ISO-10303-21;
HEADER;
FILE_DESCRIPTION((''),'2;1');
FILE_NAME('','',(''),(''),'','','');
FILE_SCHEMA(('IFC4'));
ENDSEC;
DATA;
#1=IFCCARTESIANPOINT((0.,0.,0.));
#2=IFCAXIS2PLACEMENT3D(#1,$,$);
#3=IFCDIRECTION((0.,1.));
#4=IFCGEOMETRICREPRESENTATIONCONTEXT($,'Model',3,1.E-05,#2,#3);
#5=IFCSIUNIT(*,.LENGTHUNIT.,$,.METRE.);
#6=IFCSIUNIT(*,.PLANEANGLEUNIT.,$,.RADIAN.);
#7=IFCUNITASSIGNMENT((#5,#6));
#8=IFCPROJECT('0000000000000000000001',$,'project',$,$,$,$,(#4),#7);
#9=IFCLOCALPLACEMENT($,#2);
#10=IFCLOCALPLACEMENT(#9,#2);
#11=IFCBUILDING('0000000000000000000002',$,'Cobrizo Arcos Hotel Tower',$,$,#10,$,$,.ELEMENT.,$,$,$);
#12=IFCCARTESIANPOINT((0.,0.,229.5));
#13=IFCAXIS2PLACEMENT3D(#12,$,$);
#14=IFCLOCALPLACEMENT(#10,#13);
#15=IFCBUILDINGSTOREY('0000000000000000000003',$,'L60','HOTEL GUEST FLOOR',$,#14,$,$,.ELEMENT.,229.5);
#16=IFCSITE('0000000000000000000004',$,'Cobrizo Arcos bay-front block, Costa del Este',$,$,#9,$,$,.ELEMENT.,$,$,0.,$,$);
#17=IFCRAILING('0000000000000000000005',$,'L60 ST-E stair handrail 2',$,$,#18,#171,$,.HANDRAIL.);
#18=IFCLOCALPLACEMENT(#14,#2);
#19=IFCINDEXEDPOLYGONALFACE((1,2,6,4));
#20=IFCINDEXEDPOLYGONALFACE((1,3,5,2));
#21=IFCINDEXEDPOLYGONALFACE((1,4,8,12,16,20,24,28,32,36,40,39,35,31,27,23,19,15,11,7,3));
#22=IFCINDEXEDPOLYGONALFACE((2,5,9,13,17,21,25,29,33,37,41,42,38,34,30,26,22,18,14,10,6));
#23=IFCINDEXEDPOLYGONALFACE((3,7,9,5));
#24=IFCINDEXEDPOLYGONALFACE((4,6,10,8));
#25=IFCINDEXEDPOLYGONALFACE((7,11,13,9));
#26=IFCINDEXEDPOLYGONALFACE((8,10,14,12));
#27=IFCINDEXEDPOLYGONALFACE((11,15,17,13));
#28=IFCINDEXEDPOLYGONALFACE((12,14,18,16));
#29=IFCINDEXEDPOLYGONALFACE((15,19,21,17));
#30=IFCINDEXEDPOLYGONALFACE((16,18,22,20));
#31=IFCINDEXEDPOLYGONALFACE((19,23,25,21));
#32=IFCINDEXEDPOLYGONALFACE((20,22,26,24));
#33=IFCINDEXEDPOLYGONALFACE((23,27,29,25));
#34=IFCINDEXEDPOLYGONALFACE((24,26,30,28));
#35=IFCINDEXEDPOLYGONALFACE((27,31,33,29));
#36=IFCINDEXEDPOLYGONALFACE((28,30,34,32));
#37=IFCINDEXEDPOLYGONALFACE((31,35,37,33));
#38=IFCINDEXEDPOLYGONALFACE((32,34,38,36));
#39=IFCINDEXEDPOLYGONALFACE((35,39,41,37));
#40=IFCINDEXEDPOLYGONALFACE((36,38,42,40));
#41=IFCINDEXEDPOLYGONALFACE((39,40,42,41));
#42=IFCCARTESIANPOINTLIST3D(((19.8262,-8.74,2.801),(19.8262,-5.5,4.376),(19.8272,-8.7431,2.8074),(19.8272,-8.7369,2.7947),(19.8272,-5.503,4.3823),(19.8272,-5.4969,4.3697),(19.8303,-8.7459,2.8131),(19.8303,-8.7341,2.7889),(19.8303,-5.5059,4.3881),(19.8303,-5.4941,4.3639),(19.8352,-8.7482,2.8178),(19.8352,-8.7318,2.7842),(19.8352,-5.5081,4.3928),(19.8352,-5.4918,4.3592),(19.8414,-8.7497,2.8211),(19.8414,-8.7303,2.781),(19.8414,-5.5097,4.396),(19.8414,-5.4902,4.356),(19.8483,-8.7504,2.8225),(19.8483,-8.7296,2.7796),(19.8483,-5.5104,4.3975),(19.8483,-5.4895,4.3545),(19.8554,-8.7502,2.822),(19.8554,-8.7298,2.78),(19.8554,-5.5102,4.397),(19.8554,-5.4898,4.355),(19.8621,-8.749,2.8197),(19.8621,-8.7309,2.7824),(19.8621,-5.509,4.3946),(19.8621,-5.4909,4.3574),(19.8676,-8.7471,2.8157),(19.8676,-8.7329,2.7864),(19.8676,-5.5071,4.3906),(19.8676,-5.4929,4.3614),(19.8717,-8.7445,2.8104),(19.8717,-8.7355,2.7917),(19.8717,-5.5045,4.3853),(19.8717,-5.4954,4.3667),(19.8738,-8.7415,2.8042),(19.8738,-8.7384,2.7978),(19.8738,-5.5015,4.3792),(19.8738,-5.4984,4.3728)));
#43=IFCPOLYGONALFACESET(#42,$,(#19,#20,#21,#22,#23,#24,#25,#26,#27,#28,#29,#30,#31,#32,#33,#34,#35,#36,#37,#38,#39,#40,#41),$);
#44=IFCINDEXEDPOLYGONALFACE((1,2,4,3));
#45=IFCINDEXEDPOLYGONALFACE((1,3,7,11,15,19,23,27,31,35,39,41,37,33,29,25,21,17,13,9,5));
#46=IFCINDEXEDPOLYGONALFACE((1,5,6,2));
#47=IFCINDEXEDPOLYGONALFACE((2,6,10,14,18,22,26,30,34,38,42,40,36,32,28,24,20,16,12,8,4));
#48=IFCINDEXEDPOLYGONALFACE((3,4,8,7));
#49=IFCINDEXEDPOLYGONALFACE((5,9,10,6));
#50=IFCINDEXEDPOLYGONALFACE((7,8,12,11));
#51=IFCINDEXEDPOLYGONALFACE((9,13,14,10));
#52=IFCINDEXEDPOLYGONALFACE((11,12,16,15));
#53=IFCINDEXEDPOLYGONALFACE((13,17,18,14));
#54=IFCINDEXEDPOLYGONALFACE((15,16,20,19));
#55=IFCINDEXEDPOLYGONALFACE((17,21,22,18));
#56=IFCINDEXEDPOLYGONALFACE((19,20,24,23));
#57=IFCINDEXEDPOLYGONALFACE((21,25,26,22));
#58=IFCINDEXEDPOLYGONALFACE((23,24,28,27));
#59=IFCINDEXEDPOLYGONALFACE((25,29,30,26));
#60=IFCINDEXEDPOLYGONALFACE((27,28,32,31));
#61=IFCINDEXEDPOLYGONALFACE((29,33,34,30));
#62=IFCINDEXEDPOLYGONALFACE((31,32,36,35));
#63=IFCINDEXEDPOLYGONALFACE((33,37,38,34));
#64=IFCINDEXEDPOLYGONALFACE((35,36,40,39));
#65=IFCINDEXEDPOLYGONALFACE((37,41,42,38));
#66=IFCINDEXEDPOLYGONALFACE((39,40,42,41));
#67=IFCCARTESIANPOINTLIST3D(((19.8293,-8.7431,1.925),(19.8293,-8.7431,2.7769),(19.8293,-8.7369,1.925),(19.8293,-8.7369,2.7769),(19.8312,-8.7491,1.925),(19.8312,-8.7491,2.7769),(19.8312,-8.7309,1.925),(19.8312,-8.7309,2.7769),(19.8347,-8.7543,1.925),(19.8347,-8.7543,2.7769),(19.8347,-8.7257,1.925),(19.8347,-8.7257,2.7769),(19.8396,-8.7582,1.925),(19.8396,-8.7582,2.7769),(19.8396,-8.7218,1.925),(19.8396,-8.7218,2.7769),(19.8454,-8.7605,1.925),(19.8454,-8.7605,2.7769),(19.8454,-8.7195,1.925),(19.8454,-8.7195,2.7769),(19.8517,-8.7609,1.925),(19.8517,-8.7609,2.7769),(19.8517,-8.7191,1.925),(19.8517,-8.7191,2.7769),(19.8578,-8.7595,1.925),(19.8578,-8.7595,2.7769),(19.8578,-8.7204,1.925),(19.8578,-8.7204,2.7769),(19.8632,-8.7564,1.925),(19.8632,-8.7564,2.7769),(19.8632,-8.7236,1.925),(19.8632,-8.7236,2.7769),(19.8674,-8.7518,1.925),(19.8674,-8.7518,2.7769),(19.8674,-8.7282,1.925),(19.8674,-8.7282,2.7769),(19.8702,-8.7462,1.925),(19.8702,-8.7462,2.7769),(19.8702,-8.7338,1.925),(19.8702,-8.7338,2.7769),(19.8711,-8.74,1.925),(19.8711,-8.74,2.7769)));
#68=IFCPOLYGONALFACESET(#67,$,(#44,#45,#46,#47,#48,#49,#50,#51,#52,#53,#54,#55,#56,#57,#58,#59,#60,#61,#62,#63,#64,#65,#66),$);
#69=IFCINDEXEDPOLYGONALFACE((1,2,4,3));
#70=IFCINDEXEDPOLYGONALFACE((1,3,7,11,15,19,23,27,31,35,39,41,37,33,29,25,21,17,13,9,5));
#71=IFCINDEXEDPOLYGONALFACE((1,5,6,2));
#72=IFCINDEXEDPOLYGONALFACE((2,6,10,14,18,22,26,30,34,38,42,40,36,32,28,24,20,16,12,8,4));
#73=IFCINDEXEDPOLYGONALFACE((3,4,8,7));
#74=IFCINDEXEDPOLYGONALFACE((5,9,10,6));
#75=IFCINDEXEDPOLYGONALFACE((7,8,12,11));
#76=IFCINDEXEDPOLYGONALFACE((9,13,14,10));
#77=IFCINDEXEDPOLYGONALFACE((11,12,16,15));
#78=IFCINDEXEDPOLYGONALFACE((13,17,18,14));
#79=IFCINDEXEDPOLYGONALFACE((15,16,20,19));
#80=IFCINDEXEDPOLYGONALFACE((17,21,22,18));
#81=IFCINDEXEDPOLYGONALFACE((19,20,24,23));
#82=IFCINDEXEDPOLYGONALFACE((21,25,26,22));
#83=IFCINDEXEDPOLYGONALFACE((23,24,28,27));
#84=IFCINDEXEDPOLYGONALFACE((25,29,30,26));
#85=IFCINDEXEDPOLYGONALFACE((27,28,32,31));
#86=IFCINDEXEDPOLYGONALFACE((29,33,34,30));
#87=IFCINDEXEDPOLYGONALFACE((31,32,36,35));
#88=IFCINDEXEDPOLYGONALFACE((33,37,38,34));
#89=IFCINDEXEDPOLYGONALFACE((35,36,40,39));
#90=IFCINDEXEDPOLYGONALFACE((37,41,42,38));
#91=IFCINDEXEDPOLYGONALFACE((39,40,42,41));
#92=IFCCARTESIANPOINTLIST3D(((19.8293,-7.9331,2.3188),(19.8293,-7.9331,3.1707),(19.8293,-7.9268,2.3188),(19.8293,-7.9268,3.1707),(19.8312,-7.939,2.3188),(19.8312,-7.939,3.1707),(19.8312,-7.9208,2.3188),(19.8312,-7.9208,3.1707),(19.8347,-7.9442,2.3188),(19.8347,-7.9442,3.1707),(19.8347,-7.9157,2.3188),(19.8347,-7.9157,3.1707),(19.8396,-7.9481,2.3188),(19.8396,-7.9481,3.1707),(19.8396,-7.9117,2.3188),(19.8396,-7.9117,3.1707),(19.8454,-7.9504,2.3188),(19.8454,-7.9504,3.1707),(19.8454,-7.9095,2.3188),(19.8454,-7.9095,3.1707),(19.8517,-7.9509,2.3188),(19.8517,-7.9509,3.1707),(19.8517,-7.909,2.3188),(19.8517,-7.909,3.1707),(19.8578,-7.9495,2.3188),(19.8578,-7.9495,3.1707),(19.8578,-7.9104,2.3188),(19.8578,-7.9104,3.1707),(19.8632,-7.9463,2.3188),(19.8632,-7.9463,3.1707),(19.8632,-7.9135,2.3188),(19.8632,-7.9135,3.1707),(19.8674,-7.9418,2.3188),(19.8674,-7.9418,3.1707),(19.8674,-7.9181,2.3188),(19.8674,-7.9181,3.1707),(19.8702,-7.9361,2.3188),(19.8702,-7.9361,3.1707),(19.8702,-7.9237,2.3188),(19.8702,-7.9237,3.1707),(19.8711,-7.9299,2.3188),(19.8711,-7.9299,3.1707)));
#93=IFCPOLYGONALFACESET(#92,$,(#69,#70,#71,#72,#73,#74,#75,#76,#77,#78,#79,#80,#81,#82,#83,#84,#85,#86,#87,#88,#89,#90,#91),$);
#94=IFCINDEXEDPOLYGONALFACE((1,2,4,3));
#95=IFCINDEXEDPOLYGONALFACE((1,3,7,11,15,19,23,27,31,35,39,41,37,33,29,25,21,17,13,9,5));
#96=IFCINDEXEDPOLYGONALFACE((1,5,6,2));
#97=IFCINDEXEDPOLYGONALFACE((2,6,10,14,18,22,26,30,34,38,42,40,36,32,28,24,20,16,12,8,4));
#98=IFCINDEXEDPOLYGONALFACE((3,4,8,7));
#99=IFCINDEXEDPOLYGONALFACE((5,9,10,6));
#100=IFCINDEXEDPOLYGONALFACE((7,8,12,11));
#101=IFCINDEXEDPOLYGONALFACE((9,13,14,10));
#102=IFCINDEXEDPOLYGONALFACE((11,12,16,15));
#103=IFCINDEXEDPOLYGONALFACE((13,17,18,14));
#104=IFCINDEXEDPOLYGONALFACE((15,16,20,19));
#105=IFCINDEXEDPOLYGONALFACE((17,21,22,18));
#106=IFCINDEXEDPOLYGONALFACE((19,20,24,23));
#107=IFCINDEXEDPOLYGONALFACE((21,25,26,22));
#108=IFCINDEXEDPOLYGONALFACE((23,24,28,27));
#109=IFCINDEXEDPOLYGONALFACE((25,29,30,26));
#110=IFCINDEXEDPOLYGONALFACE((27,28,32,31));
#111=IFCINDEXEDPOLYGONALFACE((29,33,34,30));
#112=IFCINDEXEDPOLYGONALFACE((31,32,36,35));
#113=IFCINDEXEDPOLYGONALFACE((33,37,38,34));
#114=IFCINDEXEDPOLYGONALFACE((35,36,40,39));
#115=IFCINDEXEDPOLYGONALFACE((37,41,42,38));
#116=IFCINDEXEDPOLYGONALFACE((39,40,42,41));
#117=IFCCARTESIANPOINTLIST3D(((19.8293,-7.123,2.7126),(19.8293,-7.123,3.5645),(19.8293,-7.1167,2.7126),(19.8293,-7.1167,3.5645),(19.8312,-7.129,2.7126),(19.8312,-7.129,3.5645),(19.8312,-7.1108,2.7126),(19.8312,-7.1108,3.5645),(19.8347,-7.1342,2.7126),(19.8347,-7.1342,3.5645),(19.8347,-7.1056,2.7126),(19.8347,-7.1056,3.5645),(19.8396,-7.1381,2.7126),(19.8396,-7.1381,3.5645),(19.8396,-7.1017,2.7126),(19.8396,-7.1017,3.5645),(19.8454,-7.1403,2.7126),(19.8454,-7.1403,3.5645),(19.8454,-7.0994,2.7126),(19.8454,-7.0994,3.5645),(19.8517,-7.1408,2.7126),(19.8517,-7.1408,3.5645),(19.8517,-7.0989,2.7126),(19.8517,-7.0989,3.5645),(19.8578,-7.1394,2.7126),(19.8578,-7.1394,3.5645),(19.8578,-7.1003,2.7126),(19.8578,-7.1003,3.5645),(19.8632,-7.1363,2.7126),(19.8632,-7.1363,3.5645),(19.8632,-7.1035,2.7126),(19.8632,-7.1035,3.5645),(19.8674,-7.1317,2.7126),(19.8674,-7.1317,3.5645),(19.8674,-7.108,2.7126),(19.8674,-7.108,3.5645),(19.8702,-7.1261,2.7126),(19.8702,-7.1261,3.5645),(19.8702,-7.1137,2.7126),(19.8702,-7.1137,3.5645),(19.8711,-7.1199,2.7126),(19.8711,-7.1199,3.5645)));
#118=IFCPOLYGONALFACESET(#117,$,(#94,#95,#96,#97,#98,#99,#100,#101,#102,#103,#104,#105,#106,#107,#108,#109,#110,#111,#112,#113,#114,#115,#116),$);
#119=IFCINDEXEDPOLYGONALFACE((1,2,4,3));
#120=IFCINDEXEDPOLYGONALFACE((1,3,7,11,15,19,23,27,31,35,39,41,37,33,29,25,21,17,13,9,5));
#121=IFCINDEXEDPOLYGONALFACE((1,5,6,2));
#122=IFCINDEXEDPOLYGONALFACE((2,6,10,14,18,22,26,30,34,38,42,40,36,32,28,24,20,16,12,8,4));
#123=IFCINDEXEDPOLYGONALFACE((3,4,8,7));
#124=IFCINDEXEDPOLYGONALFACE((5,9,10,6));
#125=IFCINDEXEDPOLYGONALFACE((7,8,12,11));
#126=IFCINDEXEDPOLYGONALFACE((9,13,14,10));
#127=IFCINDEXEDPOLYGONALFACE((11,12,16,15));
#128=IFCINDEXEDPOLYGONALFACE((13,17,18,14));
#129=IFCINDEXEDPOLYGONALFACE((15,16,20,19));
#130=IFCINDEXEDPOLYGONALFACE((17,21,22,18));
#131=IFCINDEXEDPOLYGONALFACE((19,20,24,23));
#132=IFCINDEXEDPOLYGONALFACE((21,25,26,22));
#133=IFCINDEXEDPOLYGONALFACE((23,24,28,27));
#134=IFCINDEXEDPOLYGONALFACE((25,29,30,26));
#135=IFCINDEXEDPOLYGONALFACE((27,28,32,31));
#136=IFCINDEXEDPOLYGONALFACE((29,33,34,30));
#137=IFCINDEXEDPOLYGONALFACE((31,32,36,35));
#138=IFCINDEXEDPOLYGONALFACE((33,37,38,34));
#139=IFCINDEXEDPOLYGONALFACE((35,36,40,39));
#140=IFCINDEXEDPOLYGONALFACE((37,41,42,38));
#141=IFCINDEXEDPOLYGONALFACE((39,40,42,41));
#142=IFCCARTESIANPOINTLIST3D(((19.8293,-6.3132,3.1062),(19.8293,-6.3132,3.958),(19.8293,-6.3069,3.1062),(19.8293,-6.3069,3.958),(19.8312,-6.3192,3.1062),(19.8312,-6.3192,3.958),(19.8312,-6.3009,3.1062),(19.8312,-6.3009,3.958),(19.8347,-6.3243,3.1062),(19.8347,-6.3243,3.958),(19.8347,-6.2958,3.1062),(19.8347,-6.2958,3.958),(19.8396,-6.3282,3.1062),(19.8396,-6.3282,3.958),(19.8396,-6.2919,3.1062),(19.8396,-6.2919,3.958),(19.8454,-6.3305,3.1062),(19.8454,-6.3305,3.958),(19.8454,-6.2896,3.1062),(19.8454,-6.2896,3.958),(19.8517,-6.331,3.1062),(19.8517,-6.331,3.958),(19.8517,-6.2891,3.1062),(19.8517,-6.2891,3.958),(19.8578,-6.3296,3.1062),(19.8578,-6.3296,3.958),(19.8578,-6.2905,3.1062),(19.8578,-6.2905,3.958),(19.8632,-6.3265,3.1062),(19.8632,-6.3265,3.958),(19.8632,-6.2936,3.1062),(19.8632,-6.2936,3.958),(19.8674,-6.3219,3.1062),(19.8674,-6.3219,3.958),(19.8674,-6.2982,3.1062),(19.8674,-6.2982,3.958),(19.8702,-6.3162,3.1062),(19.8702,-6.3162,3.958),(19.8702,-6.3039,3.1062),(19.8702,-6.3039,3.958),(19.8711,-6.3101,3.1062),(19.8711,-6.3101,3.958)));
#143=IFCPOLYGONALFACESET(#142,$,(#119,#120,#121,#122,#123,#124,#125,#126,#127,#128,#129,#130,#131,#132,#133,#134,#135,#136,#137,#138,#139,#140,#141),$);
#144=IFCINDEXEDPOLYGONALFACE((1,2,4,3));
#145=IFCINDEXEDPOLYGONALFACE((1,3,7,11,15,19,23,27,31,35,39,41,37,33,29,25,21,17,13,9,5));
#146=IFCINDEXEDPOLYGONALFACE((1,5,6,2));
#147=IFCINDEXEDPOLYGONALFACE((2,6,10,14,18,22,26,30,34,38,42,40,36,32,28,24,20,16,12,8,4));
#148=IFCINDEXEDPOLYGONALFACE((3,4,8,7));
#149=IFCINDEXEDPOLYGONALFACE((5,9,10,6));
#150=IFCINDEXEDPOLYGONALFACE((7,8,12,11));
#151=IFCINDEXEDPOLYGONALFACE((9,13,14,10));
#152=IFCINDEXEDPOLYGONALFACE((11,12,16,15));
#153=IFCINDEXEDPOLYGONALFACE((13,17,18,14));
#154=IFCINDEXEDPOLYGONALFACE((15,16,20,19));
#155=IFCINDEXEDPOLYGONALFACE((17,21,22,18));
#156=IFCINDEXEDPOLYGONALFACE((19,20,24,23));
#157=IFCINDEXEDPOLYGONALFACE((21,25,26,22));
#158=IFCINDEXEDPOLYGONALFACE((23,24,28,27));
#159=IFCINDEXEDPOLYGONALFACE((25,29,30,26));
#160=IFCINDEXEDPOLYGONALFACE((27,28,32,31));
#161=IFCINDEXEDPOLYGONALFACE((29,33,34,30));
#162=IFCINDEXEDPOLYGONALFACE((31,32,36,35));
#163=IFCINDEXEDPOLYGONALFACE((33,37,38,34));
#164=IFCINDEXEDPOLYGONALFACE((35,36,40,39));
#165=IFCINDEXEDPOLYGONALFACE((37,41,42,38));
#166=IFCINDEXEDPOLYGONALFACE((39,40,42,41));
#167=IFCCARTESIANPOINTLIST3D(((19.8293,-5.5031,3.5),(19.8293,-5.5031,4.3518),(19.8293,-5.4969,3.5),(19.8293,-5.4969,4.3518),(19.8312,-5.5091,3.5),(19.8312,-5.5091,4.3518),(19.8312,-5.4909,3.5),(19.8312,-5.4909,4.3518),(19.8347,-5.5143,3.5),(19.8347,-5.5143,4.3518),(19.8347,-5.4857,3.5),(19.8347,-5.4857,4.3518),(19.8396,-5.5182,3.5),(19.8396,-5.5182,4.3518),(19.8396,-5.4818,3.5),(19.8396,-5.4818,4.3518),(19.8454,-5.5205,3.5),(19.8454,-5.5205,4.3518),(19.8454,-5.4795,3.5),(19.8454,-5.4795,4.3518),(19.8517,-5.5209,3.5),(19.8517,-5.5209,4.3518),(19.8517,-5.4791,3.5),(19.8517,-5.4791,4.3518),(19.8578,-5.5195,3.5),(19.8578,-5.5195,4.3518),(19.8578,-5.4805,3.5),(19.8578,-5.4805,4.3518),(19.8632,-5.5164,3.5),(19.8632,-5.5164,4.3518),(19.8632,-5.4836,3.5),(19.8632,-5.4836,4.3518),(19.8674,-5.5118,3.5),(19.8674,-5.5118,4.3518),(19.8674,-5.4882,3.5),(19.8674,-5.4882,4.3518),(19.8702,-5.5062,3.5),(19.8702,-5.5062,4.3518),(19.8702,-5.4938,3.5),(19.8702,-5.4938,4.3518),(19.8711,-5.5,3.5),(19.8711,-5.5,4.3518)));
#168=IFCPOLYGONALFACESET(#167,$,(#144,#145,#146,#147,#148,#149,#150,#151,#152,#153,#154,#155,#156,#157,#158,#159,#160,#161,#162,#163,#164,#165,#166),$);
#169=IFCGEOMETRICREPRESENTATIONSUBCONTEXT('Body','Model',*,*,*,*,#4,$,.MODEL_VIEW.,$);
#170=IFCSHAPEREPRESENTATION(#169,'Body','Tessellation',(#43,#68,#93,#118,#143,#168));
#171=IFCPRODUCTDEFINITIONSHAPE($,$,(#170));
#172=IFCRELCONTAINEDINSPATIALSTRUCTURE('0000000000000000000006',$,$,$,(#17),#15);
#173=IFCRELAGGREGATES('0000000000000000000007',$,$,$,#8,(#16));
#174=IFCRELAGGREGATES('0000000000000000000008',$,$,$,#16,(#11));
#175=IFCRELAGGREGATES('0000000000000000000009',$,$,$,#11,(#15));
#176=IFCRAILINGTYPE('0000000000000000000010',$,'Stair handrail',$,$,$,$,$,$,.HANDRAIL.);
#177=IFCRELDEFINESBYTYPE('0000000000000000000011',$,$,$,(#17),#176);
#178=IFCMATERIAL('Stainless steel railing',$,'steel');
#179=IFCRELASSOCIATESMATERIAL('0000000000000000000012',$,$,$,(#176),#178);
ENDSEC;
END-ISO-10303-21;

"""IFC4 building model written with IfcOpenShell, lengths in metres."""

from ifc_helpers import new_model, si_unit, direction, frame, origin, origin_2d, place, context, subcontext, project, spatial, circle, extrude, material, type_object, element, save


model = new_model("IFC4")

# Units and contexts
model_context = context("Model", 3, precision=1e-05, world=origin(), true_north=direction((0.0, 1.0)))
body_context = subcontext(model_context, "Body", "Model", "MODEL_VIEW")
ifc_project = project(units=[si_unit("LENGTHUNIT", "METRE"), si_unit("PLANEANGLEUNIT", "RADIAN")], contexts=[model_context])

# Site, building, storey
site_placement = place(None, origin())
site = spatial("IfcSite", under=ifc_project, at=site_placement, Name="Cobrizo Arcos bay-front block, Costa del Este", CompositionType="ELEMENT", RefElevation=0.0)
building_placement = place(site_placement, origin())
building = spatial("IfcBuilding", under=site, at=building_placement, Name="Cobrizo Arcos Hotel Tower", CompositionType="ELEMENT")
storey_placement = place(building_placement, frame((0.0, 0.0, 229.5)))
storey = spatial("IfcBuildingStorey", under=building, at=storey_placement, Name="L60", Description="HOTEL GUEST FLOOR", CompositionType="ELEMENT", Elevation=229.5)

# Railing
ifc_material_1 = material(Name="Stainless steel railing", Category="steel")
railing_type_1 = type_object("IfcRailingType", Name="Stair handrail", PredefinedType="HANDRAIL", material=ifc_material_1)
railing_1_placement = place(storey_placement, frame((19.8501, -8.74, 1.925)))
element("IfcRailing", 1, at=railing_1_placement, inside=storey, type_object=railing_type_1, Name="L60 ST-E stair handrail 2", PredefinedType="HANDRAIL", context=body_context, shape_type="SweptSolid", body=[
    extrude(circle(Radius=0.0239, at=origin_2d()), frame((0.0, 0.0, 0.876), z_axis=(0.0, 0.899373, 0.437183), x_axis=(-1.0, 0.0, 0.0)), (0.0, 0.0, 1.0), 3.6025),
    extrude(circle(Radius=0.021, at=origin_2d()), origin(), (0.0, 0.0, 1.0), 0.8518),
    extrude(circle(Radius=0.021, at=origin_2d()), frame((0.0, 0.8101, 0.3938)), (0.0, 0.0, 1.0), 0.8518),
    extrude(circle(Radius=0.021, at=origin_2d()), frame((0.0, 1.6201, 0.7876)), (0.0, 0.0, 1.0), 0.8518),
    extrude(circle(Radius=0.021, at=origin_2d()), frame((0.0, 2.4299, 1.1812)), (0.0, 0.0, 1.0), 0.8518),
    extrude(circle(Radius=0.021, at=origin_2d()), frame((0.0, 3.24, 1.575)), (0.0, 0.0, 1.0), 0.8518),
])

save(model, "model.ifc")
